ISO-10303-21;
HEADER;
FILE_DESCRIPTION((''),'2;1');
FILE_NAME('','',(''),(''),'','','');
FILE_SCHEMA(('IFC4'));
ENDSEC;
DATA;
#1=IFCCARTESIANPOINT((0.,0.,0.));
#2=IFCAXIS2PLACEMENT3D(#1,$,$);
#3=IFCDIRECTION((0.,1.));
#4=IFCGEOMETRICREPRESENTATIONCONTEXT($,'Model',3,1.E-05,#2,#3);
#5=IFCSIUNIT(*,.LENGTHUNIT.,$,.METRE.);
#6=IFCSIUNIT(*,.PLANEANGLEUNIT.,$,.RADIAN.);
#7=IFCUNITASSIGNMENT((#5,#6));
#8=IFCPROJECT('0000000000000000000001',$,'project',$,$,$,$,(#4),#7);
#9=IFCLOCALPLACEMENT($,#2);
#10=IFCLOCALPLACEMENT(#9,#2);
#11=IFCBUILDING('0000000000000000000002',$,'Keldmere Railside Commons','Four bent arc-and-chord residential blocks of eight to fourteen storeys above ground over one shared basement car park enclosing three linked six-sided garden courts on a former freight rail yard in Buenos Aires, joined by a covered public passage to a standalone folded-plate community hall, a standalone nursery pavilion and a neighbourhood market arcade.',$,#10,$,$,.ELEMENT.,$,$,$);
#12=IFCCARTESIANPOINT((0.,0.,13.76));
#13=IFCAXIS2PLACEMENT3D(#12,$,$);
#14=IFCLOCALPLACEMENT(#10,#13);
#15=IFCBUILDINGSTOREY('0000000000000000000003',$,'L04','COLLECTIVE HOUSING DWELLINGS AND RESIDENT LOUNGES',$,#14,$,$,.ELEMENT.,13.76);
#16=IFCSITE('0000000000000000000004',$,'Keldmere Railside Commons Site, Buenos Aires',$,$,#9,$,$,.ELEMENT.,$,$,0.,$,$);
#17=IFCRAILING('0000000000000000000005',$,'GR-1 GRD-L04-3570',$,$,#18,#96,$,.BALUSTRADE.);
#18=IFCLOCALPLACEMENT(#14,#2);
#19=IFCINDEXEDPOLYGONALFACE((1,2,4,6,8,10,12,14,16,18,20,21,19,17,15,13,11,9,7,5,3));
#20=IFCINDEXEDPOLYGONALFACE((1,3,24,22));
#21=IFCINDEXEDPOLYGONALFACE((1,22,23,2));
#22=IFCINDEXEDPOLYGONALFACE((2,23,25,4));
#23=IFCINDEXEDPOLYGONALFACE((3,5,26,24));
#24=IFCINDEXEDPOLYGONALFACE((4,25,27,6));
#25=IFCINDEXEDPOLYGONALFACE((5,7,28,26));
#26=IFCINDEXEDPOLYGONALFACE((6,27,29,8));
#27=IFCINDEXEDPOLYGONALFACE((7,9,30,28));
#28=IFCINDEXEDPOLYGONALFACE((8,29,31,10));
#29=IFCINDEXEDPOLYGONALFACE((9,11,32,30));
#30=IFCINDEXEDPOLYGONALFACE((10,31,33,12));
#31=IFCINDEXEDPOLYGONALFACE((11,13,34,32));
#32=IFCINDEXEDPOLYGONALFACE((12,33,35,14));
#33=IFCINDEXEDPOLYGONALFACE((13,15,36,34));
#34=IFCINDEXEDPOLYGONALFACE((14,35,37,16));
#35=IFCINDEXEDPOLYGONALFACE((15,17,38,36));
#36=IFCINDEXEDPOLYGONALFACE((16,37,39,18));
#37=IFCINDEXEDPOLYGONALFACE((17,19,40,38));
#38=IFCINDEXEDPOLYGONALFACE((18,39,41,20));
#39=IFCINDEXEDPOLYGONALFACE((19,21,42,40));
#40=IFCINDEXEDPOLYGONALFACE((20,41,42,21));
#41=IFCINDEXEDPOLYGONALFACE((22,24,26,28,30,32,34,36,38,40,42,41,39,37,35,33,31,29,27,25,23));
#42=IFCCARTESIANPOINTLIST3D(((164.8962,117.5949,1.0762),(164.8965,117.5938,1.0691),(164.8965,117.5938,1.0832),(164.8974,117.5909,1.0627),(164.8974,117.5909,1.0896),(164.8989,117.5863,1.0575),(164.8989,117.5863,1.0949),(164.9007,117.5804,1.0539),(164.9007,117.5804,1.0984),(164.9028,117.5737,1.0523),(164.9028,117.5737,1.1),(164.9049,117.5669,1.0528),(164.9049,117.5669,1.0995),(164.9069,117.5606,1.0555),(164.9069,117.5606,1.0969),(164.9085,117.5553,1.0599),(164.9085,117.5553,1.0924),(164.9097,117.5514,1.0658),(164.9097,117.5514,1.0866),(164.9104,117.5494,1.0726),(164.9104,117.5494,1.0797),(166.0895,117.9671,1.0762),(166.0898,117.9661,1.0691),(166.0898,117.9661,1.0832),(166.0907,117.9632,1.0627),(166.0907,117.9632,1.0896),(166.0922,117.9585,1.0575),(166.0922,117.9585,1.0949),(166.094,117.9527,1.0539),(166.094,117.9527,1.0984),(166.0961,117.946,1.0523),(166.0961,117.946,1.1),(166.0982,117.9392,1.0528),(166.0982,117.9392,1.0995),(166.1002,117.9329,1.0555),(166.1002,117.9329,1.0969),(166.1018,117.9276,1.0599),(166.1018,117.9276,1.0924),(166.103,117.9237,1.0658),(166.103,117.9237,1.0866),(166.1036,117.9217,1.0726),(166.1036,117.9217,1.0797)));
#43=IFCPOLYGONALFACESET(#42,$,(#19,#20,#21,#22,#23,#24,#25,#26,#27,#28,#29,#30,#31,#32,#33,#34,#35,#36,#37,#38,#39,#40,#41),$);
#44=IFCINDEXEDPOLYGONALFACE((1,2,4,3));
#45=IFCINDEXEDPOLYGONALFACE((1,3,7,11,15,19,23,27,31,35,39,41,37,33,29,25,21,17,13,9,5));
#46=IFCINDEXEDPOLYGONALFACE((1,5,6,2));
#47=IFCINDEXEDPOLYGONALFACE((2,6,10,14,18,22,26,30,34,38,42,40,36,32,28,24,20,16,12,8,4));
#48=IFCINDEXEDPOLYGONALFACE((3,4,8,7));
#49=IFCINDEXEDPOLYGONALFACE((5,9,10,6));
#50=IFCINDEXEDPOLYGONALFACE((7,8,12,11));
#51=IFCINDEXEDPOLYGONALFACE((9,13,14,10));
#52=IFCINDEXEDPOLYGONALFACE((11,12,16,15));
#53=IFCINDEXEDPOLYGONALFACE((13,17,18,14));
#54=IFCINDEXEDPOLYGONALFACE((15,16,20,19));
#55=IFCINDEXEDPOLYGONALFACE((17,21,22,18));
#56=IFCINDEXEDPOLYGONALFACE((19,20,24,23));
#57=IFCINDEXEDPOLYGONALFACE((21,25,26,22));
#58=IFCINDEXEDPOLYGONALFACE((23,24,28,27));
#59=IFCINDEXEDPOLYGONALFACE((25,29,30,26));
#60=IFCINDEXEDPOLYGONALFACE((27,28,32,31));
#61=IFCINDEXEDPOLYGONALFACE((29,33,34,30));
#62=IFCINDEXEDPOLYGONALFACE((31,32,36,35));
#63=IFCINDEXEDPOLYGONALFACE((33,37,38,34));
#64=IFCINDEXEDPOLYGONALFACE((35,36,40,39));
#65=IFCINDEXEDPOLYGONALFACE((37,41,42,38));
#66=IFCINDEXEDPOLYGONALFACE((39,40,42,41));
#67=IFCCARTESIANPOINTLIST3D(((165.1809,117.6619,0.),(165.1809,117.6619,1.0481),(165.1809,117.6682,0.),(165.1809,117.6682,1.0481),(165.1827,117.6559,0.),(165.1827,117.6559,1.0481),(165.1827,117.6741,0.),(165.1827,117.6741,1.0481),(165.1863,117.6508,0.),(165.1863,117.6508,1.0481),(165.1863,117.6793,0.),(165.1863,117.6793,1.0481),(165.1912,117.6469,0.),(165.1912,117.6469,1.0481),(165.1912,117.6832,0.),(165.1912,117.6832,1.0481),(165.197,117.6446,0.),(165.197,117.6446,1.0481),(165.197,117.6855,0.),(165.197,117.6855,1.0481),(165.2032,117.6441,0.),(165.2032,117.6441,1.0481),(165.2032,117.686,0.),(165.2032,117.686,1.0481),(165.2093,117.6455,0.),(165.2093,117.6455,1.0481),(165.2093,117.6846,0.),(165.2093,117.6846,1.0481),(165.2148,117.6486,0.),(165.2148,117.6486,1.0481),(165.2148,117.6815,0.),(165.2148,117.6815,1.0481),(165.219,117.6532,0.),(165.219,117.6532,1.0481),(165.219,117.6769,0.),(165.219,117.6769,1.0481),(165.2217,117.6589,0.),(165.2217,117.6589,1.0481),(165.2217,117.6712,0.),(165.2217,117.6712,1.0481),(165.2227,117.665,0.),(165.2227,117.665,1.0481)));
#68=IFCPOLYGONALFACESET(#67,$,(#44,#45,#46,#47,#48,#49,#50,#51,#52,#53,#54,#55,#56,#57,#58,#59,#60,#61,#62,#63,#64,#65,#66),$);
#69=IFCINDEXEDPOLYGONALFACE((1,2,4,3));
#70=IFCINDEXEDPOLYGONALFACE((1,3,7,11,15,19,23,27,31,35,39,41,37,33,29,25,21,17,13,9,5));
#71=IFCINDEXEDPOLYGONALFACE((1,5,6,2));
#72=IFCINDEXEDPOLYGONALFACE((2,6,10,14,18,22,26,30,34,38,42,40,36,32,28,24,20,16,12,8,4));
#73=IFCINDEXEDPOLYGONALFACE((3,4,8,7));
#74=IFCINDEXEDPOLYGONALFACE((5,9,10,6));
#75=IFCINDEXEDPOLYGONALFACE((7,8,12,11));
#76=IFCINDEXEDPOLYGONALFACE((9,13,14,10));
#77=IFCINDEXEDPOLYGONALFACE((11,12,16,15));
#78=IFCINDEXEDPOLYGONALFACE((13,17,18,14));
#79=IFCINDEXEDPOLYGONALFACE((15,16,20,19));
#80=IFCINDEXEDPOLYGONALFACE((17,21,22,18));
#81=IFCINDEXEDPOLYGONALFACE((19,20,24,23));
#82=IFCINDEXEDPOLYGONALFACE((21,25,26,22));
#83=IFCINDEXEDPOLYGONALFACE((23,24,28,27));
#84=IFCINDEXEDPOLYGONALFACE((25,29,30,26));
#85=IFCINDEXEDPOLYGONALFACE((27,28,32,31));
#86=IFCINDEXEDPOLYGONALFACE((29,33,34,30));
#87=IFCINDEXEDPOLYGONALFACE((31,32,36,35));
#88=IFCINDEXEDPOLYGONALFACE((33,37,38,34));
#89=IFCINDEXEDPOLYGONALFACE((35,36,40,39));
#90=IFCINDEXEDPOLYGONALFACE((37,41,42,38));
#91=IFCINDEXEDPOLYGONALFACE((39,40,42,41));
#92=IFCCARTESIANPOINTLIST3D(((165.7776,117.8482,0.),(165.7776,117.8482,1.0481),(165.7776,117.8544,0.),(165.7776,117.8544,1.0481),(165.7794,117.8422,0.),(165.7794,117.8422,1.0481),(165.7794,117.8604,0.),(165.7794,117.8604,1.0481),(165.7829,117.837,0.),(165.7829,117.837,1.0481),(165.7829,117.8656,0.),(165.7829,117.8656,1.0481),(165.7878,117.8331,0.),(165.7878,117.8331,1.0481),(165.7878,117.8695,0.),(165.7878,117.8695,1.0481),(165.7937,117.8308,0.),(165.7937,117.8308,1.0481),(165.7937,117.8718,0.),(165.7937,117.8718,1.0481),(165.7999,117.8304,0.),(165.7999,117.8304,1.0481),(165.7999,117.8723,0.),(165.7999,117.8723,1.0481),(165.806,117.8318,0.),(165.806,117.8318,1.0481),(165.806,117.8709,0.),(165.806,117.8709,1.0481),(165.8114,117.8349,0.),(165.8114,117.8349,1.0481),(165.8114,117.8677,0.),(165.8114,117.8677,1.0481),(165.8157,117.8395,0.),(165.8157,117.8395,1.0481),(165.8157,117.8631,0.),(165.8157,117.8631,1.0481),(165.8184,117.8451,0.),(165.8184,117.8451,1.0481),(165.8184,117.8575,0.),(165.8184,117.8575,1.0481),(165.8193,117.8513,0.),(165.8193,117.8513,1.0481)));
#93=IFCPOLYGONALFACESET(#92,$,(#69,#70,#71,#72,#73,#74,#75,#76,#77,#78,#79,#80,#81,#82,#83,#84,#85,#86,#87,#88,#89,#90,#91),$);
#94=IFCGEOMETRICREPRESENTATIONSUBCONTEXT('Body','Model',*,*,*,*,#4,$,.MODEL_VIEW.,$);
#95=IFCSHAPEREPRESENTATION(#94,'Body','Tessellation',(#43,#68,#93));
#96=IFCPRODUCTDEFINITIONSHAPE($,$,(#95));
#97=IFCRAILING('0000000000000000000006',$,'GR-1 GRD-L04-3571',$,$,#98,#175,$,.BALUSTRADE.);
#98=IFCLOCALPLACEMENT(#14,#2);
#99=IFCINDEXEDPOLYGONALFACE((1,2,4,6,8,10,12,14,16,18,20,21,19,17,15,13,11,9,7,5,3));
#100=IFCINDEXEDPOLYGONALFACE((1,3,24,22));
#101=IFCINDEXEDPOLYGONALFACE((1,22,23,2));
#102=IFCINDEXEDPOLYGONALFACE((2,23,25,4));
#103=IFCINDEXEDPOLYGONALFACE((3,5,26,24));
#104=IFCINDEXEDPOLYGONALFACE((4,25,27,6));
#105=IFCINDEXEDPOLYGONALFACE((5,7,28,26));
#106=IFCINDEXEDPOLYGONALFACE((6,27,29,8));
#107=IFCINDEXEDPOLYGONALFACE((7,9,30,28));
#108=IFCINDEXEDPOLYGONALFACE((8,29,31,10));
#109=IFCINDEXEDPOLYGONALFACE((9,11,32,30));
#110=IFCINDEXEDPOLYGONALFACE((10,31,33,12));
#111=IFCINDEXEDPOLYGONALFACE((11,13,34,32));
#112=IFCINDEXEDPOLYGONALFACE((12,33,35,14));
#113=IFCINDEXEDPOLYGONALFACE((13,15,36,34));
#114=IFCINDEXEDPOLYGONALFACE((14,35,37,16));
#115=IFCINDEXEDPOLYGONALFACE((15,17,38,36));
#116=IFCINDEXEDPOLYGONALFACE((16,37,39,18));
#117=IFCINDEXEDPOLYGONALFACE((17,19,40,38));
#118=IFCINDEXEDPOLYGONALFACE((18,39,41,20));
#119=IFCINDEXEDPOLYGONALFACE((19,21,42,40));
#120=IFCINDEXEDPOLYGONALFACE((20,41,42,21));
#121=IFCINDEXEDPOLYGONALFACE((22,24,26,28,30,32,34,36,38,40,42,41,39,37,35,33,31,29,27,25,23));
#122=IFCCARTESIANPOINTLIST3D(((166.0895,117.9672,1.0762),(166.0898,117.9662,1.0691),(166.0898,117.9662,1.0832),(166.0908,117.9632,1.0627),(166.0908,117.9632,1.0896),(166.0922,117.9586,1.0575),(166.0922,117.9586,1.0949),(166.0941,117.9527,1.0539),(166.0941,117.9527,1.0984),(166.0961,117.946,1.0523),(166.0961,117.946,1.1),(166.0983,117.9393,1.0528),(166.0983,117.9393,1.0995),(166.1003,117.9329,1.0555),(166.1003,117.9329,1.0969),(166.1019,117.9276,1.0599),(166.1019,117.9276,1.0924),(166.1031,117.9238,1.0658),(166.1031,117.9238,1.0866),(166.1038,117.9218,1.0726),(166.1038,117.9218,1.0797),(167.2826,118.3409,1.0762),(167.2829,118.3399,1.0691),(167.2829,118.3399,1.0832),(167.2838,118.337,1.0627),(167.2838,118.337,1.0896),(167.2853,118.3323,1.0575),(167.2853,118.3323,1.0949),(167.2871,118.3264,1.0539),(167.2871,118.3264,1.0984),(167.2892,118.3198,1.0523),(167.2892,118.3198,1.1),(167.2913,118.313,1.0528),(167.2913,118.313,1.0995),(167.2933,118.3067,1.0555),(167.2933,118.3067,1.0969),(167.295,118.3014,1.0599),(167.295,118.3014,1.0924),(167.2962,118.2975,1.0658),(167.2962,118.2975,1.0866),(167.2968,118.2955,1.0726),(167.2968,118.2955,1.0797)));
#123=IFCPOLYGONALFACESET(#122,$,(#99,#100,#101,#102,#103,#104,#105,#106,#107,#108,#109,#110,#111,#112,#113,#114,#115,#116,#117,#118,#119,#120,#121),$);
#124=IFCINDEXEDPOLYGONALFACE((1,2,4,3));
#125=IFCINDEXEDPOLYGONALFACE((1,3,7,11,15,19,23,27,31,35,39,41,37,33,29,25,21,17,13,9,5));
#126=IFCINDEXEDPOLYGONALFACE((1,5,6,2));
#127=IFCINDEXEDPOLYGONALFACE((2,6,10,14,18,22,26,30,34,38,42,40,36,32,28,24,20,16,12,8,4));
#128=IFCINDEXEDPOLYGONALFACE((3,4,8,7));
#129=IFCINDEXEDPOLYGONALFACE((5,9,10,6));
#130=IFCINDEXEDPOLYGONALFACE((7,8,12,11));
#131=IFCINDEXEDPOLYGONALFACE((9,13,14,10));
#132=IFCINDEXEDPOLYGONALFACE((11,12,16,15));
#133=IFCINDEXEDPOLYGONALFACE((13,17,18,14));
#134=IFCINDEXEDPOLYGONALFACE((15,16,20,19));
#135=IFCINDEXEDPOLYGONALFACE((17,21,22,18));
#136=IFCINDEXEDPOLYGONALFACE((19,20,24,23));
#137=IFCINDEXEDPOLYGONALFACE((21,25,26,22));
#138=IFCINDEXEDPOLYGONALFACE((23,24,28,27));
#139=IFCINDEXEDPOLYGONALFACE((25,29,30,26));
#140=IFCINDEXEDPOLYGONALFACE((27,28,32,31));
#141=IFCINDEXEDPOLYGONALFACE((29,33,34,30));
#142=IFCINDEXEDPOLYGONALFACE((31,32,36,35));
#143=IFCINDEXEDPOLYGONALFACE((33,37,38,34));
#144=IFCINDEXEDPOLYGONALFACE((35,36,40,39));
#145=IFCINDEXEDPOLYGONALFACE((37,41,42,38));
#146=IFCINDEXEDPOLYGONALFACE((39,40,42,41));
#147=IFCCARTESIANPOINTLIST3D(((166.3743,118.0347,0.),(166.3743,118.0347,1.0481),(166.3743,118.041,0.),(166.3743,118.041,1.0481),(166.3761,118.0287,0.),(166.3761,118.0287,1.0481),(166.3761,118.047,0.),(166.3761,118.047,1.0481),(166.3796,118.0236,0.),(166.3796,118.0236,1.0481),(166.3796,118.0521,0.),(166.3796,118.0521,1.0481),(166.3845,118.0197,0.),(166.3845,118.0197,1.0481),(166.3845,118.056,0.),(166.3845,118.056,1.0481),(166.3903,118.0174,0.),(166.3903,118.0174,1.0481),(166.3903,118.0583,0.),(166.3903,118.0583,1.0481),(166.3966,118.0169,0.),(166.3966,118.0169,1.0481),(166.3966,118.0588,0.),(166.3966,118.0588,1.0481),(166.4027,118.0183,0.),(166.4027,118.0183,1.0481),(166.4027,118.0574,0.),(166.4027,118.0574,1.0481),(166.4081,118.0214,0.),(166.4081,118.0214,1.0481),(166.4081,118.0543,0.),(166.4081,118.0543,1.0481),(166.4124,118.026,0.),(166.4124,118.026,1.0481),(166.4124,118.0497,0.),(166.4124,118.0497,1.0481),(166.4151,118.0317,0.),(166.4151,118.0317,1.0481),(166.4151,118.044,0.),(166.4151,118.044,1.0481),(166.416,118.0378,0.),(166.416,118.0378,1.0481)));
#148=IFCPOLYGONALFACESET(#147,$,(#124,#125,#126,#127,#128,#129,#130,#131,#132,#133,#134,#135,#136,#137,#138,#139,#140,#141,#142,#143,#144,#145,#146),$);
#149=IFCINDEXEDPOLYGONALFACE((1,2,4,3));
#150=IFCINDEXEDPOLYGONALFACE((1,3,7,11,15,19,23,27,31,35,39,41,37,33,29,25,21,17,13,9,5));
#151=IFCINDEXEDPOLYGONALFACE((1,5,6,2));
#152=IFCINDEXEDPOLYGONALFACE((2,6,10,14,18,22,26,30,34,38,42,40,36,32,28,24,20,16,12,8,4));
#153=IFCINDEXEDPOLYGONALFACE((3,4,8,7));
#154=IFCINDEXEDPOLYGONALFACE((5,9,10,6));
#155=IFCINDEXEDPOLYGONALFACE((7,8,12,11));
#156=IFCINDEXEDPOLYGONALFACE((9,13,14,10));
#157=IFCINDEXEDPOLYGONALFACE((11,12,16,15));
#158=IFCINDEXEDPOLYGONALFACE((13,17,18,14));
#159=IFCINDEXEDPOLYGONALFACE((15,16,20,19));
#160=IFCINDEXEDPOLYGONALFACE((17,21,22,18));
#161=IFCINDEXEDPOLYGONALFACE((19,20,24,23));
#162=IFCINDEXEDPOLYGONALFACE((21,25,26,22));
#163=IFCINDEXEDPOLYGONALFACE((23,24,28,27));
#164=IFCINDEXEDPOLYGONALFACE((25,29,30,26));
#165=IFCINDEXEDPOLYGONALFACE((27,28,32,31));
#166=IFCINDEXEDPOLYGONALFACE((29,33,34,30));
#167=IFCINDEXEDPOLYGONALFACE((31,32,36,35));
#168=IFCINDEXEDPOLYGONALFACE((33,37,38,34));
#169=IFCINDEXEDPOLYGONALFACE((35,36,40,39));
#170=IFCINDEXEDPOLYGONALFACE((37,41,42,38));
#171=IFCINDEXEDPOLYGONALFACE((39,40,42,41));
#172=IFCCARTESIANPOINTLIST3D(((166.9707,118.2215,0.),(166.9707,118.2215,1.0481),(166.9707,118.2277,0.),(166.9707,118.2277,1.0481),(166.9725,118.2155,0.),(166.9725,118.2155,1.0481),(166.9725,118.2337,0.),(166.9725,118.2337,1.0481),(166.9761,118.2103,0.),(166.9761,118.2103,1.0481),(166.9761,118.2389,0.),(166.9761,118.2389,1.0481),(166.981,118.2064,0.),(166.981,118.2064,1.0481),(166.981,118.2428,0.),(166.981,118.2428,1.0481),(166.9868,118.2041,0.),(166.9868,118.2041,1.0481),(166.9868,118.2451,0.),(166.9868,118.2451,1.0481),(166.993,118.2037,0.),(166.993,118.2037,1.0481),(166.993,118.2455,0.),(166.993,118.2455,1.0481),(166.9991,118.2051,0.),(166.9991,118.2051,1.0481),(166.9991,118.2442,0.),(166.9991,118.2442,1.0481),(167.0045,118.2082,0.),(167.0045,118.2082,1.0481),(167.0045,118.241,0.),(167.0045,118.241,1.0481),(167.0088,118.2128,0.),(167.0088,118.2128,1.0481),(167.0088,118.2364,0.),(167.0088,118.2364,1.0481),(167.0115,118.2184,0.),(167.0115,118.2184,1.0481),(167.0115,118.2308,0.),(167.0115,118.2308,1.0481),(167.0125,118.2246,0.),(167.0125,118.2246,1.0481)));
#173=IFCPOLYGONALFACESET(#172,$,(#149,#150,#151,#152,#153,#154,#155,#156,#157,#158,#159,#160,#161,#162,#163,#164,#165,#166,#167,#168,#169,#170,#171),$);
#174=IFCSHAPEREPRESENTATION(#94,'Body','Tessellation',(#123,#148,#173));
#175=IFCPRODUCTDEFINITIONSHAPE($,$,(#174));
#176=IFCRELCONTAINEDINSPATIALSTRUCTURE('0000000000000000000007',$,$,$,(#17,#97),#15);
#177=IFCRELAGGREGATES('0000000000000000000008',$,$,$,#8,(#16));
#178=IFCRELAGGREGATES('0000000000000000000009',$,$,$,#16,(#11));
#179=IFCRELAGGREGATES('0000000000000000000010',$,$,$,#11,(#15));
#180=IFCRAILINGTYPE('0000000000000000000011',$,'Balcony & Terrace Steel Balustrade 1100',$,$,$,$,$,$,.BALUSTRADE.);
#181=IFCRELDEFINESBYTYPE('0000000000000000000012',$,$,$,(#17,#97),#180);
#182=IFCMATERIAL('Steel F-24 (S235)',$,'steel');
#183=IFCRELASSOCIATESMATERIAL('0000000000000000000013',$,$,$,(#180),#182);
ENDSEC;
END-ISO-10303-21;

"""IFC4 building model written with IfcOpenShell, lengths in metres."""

from ifc_helpers import new_model, si_unit, direction, frame, origin, origin_2d, place, context, subcontext, project, spatial, circle, extrude, material, type_object, element, save


model = new_model("IFC4")

# Units and contexts
model_context = context("Model", 3, precision=1e-05, world=origin(), true_north=direction((0.0, 1.0)))
body_context = subcontext(model_context, "Body", "Model", "MODEL_VIEW")
ifc_project = project(units=[si_unit("LENGTHUNIT", "METRE"), si_unit("PLANEANGLEUNIT", "RADIAN")], contexts=[model_context])

# Site, building, storey
site_placement = place(None, origin())
site = spatial("IfcSite", under=ifc_project, at=site_placement, Name="Keldmere Railside Commons Site, Buenos Aires", CompositionType="ELEMENT", RefElevation=0.0)
building_placement = place(site_placement, origin())
building = spatial("IfcBuilding", under=site, at=building_placement, Name="Keldmere Railside Commons", Description="Four bent arc-and-chord residential blocks of eight to fourteen storeys above ground over one shared basement car park enclosing three linked six-sided garden courts on a former freight rail yard in Buenos Aires, joined by a covered public passage to a standalone folded-plate community hall, a standalone nursery pavilion and a neighbourhood market arcade.", CompositionType="ELEMENT")
storey_placement = place(building_placement, frame((0.0, 0.0, 13.76)))
storey = spatial("IfcBuildingStorey", under=building, at=storey_placement, Name="L04", Description="COLLECTIVE HOUSING DWELLINGS AND RESIDENT LOUNGES", CompositionType="ELEMENT", Elevation=13.76)

# Railings
ifc_material_1 = material(Name="Steel F-24 (S235)", Category="steel")
railing_type = type_object("IfcRailingType", Name="Balcony & Terrace Steel Balustrade 1100", PredefinedType="BALUSTRADE", material=ifc_material_1)
railing_1_placement = place(storey_placement, frame((164.9033, 117.572, 0.0)))
element("IfcRailing", 1, at=railing_1_placement, inside=storey, type_object=railing_type, Name="GR-1 GRD-L04-3570", PredefinedType="BALUSTRADE", context=body_context, shape_type="SweptSolid", body=[
    extrude(circle(Radius=0.0239, at=origin_2d()), frame((0.0, 0.0, 1.0762), z_axis=(0.954619, 0.29783, 0.0), x_axis=(-0.29783, 0.954619, 0.0)), (0.0, 0.0, 1.0), 1.25),
    extrude(circle(Radius=0.021, at=origin_2d()), frame((0.2983, 0.093, 0.0)), (0.0, 0.0, 1.0), 1.0481),
    extrude(circle(Radius=0.021, at=origin_2d()), frame((0.895, 0.2793, 0.0)), (0.0, 0.0, 1.0), 1.0481),
])
railing_2_placement = place(storey_placement, frame((166.0967, 117.9443, 0.0)))
element("IfcRailing", 2, at=railing_2_placement, inside=storey, type_object=railing_type, Name="GR-1 GRD-L04-3571", PredefinedType="BALUSTRADE", context=body_context, shape_type="SweptSolid", body=[
    extrude(circle(Radius=0.0239, at=origin_2d()), frame((0.0, 0.0, 1.0762), z_axis=(0.954268, 0.298953, 0.0), x_axis=(-0.298953, 0.954268, 0.0)), (0.0, 0.0, 1.0), 1.2502),
    extrude(circle(Radius=0.021, at=origin_2d()), frame((0.2983, 0.0935, 0.0)), (0.0, 0.0, 1.0), 1.0481),
    extrude(circle(Radius=0.021, at=origin_2d()), frame((0.8948, 0.2803, 0.0)), (0.0, 0.0, 1.0), 1.0481),
])

save(model, "model.ifc")
